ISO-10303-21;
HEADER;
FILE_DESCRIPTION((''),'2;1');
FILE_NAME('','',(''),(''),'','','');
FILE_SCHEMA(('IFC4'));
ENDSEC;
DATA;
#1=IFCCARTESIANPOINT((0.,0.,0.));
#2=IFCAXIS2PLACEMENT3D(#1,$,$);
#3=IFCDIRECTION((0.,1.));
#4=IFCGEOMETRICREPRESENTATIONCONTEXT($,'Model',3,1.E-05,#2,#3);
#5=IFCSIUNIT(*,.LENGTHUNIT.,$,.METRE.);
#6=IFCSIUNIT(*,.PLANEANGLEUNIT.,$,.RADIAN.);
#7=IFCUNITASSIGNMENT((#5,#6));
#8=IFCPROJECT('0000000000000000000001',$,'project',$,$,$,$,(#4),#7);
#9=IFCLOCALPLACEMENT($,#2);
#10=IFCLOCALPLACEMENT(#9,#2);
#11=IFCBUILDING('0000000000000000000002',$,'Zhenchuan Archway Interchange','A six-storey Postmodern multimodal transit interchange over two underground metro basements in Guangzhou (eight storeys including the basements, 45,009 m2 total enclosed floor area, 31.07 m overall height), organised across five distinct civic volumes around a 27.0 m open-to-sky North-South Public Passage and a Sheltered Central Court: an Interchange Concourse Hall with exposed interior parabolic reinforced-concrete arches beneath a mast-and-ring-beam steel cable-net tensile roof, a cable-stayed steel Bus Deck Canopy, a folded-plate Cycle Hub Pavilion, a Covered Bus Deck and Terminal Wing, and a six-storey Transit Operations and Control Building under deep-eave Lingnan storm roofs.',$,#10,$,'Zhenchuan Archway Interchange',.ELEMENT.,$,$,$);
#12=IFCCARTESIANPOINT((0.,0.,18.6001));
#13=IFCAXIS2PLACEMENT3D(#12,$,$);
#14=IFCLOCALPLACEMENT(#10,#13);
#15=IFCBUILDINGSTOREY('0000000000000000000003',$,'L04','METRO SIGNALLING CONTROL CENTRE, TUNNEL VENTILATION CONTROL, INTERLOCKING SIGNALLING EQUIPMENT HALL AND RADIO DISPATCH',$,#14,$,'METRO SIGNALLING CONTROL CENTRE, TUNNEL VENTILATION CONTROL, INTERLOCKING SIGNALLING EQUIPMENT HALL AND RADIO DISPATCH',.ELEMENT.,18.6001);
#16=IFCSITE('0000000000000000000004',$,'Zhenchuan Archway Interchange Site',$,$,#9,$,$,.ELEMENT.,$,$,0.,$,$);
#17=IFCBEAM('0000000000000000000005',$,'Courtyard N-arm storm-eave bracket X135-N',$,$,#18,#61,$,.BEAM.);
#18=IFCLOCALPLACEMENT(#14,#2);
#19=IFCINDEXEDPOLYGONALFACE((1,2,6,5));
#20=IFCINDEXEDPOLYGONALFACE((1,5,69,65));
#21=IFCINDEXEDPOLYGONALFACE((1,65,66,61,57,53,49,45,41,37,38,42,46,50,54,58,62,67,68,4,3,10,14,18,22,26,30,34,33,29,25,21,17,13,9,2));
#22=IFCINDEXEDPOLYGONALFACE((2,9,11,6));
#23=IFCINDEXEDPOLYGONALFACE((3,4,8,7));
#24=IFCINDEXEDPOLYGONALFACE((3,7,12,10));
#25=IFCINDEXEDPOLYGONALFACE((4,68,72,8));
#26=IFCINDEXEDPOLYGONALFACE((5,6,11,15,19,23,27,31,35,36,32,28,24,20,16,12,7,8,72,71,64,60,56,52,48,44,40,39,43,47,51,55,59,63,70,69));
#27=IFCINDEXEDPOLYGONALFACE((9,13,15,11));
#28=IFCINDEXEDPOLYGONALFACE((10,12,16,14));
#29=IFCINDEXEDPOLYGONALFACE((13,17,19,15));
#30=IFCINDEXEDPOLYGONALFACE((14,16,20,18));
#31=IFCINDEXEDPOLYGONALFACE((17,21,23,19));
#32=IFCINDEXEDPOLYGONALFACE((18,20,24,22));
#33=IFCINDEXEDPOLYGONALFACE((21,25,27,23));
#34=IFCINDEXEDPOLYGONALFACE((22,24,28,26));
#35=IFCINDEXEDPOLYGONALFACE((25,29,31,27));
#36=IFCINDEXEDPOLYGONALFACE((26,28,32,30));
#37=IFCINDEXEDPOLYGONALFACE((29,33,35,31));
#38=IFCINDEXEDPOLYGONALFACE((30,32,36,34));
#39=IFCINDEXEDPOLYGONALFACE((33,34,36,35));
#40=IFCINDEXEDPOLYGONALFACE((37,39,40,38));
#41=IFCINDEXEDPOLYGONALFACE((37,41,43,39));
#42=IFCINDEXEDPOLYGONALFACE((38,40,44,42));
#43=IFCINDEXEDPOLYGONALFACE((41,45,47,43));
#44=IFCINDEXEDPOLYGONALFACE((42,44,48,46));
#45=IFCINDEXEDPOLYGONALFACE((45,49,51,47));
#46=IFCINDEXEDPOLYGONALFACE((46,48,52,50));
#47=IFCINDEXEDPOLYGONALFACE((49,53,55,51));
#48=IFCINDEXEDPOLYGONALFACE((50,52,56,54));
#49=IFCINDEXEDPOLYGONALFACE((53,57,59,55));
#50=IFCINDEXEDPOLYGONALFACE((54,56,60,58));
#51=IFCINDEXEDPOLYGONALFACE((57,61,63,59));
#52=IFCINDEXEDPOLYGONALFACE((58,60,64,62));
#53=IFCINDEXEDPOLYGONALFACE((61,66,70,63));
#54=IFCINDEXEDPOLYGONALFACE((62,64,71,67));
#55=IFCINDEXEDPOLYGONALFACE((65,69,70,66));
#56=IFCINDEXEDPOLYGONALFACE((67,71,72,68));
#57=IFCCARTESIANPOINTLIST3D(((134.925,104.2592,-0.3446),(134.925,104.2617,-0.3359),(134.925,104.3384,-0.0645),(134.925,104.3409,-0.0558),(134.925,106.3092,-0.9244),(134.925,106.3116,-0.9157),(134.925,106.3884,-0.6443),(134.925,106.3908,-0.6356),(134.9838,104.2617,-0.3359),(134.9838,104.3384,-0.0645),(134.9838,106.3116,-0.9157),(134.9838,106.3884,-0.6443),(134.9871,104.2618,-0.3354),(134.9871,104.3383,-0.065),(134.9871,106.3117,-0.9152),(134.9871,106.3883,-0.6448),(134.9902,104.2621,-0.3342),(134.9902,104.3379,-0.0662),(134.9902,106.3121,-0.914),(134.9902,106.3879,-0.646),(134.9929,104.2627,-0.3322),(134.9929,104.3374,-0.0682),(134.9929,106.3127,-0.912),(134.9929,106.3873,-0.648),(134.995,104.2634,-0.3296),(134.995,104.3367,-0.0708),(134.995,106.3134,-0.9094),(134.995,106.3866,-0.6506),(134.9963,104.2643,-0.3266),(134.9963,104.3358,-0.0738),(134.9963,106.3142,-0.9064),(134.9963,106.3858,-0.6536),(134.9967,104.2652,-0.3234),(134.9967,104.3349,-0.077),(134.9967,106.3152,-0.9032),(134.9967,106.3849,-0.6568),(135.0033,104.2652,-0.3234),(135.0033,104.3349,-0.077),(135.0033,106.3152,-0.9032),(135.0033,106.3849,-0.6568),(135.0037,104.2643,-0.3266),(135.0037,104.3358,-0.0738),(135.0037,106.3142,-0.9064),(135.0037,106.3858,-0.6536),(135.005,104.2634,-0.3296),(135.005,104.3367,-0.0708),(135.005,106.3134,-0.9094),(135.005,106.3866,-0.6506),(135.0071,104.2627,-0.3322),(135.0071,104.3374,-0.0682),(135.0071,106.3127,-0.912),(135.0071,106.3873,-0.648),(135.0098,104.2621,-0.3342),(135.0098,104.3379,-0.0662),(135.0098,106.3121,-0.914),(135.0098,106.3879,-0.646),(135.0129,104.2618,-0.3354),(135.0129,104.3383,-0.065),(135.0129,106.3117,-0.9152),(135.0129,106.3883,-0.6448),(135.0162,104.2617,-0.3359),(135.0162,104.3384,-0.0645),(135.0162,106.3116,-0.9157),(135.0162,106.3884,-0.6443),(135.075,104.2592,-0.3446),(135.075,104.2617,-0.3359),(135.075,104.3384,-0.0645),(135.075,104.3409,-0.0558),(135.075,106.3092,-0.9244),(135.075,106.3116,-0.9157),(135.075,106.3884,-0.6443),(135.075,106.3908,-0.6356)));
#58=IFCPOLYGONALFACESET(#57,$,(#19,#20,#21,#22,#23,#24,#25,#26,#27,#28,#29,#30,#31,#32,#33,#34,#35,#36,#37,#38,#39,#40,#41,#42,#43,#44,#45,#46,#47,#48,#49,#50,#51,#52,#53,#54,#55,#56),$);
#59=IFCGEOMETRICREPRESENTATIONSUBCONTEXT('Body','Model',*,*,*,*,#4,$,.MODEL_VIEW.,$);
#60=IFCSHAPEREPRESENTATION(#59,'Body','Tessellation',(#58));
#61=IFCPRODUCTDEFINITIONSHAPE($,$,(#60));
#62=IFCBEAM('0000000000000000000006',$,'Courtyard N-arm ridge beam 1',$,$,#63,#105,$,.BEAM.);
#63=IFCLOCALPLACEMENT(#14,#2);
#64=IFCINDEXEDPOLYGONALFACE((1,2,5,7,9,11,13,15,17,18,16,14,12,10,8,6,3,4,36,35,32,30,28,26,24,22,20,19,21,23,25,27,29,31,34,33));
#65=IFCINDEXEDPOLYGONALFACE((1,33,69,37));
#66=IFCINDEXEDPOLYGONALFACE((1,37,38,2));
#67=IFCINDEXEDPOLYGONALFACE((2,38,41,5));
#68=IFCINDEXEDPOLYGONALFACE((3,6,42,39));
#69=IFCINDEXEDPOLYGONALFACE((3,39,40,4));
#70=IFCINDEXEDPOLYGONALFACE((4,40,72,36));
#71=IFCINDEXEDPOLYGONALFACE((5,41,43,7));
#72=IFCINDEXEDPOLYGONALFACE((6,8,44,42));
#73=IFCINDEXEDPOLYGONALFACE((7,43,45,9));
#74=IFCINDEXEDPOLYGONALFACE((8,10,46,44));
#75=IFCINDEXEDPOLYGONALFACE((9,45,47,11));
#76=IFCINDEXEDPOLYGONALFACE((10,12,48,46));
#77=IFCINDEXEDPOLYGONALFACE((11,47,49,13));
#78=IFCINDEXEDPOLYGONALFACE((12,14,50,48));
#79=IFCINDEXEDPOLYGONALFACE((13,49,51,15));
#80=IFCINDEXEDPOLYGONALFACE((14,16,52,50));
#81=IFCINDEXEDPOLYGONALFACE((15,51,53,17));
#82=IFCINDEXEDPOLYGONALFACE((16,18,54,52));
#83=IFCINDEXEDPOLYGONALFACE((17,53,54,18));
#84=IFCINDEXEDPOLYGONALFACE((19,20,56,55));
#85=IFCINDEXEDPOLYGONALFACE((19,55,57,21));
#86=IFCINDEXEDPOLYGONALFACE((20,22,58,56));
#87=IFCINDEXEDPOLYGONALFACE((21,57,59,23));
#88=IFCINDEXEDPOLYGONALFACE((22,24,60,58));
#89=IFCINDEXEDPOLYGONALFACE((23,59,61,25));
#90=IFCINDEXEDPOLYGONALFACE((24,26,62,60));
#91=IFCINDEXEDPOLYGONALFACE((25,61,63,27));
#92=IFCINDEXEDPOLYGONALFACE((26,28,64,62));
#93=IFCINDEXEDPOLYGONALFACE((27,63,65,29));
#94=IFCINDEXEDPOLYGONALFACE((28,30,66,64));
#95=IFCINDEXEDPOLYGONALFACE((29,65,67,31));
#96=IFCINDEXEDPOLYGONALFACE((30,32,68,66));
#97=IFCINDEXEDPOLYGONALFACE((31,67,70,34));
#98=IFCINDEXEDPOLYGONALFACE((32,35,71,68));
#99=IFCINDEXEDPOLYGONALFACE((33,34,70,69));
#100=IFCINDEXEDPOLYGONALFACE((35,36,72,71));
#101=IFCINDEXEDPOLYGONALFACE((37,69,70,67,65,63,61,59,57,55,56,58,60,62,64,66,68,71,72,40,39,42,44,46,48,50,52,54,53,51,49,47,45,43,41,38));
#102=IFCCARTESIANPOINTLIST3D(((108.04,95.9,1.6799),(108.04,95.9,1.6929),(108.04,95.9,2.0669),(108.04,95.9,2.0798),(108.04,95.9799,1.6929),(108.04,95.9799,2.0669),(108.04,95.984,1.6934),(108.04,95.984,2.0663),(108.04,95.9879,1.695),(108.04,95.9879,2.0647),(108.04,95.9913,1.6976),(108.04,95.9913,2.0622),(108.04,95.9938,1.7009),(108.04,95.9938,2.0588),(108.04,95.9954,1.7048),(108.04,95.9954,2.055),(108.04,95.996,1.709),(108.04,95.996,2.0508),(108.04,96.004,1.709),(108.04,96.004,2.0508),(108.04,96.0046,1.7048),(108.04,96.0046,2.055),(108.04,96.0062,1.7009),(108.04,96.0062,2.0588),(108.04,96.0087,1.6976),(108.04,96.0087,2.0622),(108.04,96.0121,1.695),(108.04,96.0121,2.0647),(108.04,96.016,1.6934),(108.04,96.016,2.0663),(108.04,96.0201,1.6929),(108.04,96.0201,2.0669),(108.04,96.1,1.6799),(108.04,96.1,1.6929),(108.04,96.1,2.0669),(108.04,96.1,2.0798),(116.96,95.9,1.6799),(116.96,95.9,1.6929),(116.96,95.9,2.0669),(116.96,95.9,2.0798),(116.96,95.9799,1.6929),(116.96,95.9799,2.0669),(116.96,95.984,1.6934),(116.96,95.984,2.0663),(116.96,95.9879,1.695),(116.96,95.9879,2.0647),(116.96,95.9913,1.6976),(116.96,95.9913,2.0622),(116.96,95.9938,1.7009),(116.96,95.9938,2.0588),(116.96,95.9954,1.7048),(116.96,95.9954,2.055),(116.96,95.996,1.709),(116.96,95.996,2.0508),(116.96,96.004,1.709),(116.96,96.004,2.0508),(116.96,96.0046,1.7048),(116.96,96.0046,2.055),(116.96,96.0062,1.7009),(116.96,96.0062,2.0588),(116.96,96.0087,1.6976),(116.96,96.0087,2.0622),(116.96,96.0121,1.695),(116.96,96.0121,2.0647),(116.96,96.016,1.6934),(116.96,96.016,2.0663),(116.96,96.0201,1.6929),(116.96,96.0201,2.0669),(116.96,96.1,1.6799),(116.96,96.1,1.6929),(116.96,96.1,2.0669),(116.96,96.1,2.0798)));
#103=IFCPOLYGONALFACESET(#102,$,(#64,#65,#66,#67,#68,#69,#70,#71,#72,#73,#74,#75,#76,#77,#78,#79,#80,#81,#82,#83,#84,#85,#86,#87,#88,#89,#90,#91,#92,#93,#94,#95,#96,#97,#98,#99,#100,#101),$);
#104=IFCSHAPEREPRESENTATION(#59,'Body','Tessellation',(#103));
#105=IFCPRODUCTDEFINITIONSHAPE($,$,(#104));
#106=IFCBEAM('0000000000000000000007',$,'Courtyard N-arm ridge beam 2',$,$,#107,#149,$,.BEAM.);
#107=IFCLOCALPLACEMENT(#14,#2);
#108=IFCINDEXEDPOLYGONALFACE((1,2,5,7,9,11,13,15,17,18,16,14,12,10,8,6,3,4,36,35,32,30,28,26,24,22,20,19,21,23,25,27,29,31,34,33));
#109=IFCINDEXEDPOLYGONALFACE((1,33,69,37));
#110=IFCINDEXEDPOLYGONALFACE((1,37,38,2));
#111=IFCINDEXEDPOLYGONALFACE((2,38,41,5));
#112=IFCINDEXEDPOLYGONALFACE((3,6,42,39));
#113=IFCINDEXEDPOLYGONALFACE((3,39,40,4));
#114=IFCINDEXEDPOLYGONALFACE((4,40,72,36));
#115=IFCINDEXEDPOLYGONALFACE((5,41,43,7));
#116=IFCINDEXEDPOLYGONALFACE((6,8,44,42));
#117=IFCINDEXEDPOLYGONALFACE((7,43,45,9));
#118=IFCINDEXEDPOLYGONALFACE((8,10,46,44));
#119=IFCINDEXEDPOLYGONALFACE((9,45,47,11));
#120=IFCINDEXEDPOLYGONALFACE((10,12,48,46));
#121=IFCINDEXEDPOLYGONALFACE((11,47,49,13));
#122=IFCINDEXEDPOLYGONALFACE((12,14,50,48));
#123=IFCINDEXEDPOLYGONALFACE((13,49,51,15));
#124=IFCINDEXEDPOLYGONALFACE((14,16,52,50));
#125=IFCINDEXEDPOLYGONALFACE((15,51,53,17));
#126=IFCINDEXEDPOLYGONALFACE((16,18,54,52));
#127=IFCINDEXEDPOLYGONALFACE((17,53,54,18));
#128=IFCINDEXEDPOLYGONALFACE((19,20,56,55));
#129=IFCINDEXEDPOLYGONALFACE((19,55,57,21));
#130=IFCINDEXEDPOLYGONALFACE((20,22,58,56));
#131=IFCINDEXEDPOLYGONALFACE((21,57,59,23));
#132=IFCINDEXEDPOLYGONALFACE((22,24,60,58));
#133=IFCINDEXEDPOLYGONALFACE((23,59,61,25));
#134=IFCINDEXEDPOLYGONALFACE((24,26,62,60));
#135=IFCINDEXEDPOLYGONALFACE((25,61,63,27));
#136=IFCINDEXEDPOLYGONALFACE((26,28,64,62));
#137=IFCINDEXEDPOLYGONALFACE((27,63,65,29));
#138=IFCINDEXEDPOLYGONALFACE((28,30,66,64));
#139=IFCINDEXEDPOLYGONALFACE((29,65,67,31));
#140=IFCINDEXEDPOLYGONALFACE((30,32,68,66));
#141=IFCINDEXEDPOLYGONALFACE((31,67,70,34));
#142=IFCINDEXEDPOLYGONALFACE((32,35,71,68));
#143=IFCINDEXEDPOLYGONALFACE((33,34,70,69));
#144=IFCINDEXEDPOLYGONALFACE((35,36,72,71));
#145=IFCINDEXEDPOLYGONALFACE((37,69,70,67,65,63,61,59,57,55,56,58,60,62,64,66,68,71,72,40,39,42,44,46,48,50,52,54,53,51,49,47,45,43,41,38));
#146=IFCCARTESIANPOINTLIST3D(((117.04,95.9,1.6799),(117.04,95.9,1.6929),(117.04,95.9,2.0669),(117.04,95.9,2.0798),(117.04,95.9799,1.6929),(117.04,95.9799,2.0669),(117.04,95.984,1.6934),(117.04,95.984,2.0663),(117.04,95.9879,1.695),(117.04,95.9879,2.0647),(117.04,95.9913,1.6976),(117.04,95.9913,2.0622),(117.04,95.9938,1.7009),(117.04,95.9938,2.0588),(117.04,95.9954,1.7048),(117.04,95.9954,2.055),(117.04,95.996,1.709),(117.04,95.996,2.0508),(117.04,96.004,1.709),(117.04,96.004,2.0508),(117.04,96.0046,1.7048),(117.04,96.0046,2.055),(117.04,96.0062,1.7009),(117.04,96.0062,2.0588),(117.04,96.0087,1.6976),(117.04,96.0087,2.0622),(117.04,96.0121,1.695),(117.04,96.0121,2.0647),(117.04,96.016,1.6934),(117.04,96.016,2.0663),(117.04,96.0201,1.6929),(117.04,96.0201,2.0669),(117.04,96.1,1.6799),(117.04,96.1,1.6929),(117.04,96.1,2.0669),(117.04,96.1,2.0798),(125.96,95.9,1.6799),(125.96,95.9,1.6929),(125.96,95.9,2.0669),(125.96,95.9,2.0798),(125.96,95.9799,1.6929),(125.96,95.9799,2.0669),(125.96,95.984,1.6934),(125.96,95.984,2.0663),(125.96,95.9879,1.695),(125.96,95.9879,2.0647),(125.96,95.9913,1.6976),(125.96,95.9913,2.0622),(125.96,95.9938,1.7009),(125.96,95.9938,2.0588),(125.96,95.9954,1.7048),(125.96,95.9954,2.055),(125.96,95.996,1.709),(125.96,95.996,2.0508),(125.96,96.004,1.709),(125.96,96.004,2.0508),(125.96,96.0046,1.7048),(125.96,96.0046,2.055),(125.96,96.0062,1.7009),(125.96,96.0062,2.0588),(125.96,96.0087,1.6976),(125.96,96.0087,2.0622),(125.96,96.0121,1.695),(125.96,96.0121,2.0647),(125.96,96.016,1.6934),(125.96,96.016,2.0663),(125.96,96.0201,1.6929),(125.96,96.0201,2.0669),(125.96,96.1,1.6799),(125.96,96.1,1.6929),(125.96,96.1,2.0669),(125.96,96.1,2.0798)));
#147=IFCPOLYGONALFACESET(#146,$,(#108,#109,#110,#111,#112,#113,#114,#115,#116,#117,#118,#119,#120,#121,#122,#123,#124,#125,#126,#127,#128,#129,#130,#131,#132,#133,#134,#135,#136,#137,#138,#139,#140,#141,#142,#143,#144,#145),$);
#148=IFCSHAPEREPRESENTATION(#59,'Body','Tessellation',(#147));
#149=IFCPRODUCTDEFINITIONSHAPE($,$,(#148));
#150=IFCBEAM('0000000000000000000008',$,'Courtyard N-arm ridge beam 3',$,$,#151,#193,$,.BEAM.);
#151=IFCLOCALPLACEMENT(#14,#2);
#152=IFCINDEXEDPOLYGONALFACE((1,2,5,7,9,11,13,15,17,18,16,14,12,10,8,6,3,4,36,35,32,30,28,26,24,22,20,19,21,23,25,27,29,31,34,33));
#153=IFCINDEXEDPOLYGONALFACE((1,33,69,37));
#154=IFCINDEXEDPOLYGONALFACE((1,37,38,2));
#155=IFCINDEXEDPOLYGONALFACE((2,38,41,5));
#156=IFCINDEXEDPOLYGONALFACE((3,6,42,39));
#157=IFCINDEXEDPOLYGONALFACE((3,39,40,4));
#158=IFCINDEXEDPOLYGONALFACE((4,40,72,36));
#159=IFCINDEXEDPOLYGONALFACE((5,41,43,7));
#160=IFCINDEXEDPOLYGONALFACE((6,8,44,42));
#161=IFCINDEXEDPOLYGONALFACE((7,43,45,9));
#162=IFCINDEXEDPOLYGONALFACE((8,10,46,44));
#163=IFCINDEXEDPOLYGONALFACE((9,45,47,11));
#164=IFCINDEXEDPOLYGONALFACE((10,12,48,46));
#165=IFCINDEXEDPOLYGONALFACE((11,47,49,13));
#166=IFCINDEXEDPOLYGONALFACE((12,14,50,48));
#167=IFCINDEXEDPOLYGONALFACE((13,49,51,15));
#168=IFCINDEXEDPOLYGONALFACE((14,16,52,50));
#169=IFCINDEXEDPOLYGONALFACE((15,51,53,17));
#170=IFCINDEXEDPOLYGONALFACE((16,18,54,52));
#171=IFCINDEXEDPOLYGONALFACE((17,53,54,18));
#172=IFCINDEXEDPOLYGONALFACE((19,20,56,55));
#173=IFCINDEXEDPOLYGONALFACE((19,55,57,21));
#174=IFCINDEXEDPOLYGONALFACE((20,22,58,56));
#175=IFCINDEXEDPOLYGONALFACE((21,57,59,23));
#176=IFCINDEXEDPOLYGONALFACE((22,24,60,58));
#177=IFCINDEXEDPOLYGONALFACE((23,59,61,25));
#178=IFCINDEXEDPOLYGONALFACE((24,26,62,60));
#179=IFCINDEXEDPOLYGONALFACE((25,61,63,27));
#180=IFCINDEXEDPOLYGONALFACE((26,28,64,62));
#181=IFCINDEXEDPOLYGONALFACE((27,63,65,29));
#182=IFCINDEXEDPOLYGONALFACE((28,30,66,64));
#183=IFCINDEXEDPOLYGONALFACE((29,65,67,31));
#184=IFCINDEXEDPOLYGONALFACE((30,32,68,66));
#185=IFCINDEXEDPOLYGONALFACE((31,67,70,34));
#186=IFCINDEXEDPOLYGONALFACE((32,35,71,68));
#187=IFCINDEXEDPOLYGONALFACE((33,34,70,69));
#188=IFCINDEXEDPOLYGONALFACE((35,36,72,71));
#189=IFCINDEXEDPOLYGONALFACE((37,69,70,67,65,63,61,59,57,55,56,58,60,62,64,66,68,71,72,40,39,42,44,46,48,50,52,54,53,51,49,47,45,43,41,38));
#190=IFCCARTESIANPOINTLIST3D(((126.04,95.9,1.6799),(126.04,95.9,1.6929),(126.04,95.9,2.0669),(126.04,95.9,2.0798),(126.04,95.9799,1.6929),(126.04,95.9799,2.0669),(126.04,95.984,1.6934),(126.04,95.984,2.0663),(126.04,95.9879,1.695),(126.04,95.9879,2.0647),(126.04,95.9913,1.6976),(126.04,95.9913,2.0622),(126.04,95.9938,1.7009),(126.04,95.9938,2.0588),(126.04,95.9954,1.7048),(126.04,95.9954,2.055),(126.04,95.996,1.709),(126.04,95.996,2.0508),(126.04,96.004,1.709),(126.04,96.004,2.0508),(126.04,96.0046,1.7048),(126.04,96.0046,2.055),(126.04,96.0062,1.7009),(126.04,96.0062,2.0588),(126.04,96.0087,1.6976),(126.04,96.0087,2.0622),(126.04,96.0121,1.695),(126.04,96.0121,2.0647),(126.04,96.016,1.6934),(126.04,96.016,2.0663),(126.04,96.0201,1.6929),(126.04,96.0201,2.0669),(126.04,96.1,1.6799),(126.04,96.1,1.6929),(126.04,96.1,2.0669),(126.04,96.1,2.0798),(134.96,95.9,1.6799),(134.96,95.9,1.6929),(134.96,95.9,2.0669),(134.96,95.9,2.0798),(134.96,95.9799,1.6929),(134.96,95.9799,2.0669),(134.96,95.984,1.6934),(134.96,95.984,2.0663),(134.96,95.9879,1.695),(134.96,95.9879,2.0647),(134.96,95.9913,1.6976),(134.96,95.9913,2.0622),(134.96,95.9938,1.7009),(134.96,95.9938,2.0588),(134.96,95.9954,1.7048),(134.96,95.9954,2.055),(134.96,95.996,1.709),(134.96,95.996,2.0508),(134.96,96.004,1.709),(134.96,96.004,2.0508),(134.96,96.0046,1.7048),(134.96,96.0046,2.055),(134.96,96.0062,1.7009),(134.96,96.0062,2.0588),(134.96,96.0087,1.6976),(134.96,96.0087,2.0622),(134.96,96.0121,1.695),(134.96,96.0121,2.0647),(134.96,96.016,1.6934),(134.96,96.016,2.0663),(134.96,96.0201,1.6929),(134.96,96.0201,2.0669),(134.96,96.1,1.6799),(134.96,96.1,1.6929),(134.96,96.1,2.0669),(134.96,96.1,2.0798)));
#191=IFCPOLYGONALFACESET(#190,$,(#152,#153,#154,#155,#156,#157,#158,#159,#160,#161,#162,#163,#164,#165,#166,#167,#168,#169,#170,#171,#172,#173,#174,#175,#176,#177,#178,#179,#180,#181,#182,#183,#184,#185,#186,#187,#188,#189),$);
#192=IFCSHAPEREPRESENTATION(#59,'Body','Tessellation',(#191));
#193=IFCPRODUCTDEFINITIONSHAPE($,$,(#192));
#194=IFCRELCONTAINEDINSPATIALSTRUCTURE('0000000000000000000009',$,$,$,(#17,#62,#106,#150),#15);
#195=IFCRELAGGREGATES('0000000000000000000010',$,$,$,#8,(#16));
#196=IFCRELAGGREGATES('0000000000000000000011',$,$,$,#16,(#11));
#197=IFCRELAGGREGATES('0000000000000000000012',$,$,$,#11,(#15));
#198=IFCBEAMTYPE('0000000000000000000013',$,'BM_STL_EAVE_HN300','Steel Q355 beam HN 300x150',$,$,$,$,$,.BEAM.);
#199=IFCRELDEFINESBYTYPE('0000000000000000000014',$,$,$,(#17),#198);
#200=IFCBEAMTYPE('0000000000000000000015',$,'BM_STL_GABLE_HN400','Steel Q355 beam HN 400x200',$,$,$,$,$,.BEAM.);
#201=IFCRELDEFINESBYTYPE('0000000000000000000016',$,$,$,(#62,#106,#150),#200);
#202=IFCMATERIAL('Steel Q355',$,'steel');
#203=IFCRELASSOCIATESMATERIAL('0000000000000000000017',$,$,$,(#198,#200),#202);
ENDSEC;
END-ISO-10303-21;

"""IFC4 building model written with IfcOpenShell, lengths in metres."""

from ifc_helpers import new_model, si_unit, direction, frame, origin, origin_2d, place, context, subcontext, project, spatial, i_section, extrude, material, material_profile, profile_set, type_object, element, save


model = new_model("IFC4")

# Units and contexts
model_context = context("Model", 3, precision=1e-05, world=origin(), true_north=direction((0.0, 1.0)))
body_context = subcontext(model_context, "Body", "Model", "MODEL_VIEW")
ifc_project = project(units=[si_unit("LENGTHUNIT", "METRE"), si_unit("PLANEANGLEUNIT", "RADIAN")], contexts=[model_context])

# Site, building, storey
site_placement = place(None, origin())
site = spatial("IfcSite", under=ifc_project, at=site_placement, Name="Zhenchuan Archway Interchange Site", CompositionType="ELEMENT", RefElevation=0.0)
building_placement = place(site_placement, origin())
building = spatial("IfcBuilding", under=site, at=building_placement, Name="Zhenchuan Archway Interchange", Description="A six-storey Postmodern multimodal transit interchange over two underground metro basements in Guangzhou (eight storeys including the basements, 45,009 m2 total enclosed floor area, 31.07 m overall height), organised across five distinct civic volumes around a 27.0 m open-to-sky North-South Public Passage and a Sheltered Central Court: an Interchange Concourse Hall with exposed interior parabolic reinforced-concrete arches beneath a mast-and-ring-beam steel cable-net tensile roof, a cable-stayed steel Bus Deck Canopy, a folded-plate Cycle Hub Pavilion, a Covered Bus Deck and Terminal Wing, and a six-storey Transit Operations and Control Building under deep-eave Lingnan storm roofs.", LongName="Zhenchuan Archway Interchange", CompositionType="ELEMENT")
storey_placement = place(building_placement, frame((0.0, 0.0, 18.6001)))
storey = spatial("IfcBuildingStorey", under=building, at=storey_placement, Name="L04", Description="METRO SIGNALLING CONTROL CENTRE, TUNNEL VENTILATION CONTROL, INTERLOCKING SIGNALLING EQUIPMENT HALL AND RADIO DISPATCH", LongName="METRO SIGNALLING CONTROL CENTRE, TUNNEL VENTILATION CONTROL, INTERLOCKING SIGNALLING EQUIPMENT HALL AND RADIO DISPATCH", CompositionType="ELEMENT", Elevation=18.6001)

# Shared definitions
ifc_material_1 = material(Name="Steel Q355", Category="steel")

# Beams
ifc_material_profile_1 = material_profile(ifc_material_1, i_section(OverallWidth=0.1499, OverallDepth=0.3, WebThickness=0.0066, FlangeThickness=0.009, FilletRadius=0.0129, at=origin_2d()), Name="HN 300x150")
ifc_profile_set_1 = profile_set([ifc_material_profile_1], Name="Steel Q355")
beam_type_1 = type_object("IfcBeamType", Name="BM_STL_EAVE_HN300", Description="Steel Q355 beam HN 300x150", PredefinedType="BEAM", material=ifc_profile_set_1)
for number, where, z_axis, x_axis, name in (
    (1, (135.0, 104.3, -0.2002), (0.0, 0.962251, -0.272162), (-1.0, 0.0, 0.0), "Courtyard N-arm storm-eave bracket X135-N"),
):
    element("IfcBeam", number, at=place(storey_placement, frame(where, z_axis=z_axis, x_axis=x_axis)), inside=storey, type_object=beam_type_1, Name=name, PredefinedType="BEAM", context=body_context, shape_type="SweptSolid", body=[
        extrude(i_section(OverallWidth=0.1499, OverallDepth=0.3, WebThickness=0.0066, FlangeThickness=0.009, FilletRadius=0.0129, at=origin_2d()), origin(), (0.0, 0.0, 1.0), 2.1304),
    ])
ifc_material_profile_2 = material_profile(ifc_material_1, i_section(OverallWidth=0.2, OverallDepth=0.3999, WebThickness=0.0081, FlangeThickness=0.0129, FilletRadius=0.0161, at=origin_2d()), Name="HN 400x200")
ifc_profile_set_2 = profile_set([ifc_material_profile_2], Name="Steel Q355")
beam_type_2 = type_object("IfcBeamType", Name="BM_STL_GABLE_HN400", Description="Steel Q355 beam HN 400x200", PredefinedType="BEAM", material=ifc_profile_set_2)
for number, where, z_axis, x_axis, name in (
    (2, (108.04, 96.0, 1.8799), (1.0, 0.0, 0.0), (0.0, 1.0, 0.0), "Courtyard N-arm ridge beam 1"),
    (3, (117.04, 96.0, 1.8799), (1.0, 0.0, 0.0), (0.0, 1.0, 0.0), "Courtyard N-arm ridge beam 2"),
    (4, (126.04, 96.0, 1.8799), (1.0, 0.0, 0.0), (0.0, 1.0, 0.0), "Courtyard N-arm ridge beam 3"),
):
    element("IfcBeam", number, at=place(storey_placement, frame(where, z_axis=z_axis, x_axis=x_axis)), inside=storey, type_object=beam_type_2, Name=name, PredefinedType="BEAM", context=body_context, shape_type="SweptSolid", body=[
        extrude(i_section(OverallWidth=0.2, OverallDepth=0.3999, WebThickness=0.0081, FlangeThickness=0.0129, FilletRadius=0.0161, at=origin_2d()), origin(), (0.0, 0.0, 1.0), 8.9199),
    ])

save(model, "model.ifc")
